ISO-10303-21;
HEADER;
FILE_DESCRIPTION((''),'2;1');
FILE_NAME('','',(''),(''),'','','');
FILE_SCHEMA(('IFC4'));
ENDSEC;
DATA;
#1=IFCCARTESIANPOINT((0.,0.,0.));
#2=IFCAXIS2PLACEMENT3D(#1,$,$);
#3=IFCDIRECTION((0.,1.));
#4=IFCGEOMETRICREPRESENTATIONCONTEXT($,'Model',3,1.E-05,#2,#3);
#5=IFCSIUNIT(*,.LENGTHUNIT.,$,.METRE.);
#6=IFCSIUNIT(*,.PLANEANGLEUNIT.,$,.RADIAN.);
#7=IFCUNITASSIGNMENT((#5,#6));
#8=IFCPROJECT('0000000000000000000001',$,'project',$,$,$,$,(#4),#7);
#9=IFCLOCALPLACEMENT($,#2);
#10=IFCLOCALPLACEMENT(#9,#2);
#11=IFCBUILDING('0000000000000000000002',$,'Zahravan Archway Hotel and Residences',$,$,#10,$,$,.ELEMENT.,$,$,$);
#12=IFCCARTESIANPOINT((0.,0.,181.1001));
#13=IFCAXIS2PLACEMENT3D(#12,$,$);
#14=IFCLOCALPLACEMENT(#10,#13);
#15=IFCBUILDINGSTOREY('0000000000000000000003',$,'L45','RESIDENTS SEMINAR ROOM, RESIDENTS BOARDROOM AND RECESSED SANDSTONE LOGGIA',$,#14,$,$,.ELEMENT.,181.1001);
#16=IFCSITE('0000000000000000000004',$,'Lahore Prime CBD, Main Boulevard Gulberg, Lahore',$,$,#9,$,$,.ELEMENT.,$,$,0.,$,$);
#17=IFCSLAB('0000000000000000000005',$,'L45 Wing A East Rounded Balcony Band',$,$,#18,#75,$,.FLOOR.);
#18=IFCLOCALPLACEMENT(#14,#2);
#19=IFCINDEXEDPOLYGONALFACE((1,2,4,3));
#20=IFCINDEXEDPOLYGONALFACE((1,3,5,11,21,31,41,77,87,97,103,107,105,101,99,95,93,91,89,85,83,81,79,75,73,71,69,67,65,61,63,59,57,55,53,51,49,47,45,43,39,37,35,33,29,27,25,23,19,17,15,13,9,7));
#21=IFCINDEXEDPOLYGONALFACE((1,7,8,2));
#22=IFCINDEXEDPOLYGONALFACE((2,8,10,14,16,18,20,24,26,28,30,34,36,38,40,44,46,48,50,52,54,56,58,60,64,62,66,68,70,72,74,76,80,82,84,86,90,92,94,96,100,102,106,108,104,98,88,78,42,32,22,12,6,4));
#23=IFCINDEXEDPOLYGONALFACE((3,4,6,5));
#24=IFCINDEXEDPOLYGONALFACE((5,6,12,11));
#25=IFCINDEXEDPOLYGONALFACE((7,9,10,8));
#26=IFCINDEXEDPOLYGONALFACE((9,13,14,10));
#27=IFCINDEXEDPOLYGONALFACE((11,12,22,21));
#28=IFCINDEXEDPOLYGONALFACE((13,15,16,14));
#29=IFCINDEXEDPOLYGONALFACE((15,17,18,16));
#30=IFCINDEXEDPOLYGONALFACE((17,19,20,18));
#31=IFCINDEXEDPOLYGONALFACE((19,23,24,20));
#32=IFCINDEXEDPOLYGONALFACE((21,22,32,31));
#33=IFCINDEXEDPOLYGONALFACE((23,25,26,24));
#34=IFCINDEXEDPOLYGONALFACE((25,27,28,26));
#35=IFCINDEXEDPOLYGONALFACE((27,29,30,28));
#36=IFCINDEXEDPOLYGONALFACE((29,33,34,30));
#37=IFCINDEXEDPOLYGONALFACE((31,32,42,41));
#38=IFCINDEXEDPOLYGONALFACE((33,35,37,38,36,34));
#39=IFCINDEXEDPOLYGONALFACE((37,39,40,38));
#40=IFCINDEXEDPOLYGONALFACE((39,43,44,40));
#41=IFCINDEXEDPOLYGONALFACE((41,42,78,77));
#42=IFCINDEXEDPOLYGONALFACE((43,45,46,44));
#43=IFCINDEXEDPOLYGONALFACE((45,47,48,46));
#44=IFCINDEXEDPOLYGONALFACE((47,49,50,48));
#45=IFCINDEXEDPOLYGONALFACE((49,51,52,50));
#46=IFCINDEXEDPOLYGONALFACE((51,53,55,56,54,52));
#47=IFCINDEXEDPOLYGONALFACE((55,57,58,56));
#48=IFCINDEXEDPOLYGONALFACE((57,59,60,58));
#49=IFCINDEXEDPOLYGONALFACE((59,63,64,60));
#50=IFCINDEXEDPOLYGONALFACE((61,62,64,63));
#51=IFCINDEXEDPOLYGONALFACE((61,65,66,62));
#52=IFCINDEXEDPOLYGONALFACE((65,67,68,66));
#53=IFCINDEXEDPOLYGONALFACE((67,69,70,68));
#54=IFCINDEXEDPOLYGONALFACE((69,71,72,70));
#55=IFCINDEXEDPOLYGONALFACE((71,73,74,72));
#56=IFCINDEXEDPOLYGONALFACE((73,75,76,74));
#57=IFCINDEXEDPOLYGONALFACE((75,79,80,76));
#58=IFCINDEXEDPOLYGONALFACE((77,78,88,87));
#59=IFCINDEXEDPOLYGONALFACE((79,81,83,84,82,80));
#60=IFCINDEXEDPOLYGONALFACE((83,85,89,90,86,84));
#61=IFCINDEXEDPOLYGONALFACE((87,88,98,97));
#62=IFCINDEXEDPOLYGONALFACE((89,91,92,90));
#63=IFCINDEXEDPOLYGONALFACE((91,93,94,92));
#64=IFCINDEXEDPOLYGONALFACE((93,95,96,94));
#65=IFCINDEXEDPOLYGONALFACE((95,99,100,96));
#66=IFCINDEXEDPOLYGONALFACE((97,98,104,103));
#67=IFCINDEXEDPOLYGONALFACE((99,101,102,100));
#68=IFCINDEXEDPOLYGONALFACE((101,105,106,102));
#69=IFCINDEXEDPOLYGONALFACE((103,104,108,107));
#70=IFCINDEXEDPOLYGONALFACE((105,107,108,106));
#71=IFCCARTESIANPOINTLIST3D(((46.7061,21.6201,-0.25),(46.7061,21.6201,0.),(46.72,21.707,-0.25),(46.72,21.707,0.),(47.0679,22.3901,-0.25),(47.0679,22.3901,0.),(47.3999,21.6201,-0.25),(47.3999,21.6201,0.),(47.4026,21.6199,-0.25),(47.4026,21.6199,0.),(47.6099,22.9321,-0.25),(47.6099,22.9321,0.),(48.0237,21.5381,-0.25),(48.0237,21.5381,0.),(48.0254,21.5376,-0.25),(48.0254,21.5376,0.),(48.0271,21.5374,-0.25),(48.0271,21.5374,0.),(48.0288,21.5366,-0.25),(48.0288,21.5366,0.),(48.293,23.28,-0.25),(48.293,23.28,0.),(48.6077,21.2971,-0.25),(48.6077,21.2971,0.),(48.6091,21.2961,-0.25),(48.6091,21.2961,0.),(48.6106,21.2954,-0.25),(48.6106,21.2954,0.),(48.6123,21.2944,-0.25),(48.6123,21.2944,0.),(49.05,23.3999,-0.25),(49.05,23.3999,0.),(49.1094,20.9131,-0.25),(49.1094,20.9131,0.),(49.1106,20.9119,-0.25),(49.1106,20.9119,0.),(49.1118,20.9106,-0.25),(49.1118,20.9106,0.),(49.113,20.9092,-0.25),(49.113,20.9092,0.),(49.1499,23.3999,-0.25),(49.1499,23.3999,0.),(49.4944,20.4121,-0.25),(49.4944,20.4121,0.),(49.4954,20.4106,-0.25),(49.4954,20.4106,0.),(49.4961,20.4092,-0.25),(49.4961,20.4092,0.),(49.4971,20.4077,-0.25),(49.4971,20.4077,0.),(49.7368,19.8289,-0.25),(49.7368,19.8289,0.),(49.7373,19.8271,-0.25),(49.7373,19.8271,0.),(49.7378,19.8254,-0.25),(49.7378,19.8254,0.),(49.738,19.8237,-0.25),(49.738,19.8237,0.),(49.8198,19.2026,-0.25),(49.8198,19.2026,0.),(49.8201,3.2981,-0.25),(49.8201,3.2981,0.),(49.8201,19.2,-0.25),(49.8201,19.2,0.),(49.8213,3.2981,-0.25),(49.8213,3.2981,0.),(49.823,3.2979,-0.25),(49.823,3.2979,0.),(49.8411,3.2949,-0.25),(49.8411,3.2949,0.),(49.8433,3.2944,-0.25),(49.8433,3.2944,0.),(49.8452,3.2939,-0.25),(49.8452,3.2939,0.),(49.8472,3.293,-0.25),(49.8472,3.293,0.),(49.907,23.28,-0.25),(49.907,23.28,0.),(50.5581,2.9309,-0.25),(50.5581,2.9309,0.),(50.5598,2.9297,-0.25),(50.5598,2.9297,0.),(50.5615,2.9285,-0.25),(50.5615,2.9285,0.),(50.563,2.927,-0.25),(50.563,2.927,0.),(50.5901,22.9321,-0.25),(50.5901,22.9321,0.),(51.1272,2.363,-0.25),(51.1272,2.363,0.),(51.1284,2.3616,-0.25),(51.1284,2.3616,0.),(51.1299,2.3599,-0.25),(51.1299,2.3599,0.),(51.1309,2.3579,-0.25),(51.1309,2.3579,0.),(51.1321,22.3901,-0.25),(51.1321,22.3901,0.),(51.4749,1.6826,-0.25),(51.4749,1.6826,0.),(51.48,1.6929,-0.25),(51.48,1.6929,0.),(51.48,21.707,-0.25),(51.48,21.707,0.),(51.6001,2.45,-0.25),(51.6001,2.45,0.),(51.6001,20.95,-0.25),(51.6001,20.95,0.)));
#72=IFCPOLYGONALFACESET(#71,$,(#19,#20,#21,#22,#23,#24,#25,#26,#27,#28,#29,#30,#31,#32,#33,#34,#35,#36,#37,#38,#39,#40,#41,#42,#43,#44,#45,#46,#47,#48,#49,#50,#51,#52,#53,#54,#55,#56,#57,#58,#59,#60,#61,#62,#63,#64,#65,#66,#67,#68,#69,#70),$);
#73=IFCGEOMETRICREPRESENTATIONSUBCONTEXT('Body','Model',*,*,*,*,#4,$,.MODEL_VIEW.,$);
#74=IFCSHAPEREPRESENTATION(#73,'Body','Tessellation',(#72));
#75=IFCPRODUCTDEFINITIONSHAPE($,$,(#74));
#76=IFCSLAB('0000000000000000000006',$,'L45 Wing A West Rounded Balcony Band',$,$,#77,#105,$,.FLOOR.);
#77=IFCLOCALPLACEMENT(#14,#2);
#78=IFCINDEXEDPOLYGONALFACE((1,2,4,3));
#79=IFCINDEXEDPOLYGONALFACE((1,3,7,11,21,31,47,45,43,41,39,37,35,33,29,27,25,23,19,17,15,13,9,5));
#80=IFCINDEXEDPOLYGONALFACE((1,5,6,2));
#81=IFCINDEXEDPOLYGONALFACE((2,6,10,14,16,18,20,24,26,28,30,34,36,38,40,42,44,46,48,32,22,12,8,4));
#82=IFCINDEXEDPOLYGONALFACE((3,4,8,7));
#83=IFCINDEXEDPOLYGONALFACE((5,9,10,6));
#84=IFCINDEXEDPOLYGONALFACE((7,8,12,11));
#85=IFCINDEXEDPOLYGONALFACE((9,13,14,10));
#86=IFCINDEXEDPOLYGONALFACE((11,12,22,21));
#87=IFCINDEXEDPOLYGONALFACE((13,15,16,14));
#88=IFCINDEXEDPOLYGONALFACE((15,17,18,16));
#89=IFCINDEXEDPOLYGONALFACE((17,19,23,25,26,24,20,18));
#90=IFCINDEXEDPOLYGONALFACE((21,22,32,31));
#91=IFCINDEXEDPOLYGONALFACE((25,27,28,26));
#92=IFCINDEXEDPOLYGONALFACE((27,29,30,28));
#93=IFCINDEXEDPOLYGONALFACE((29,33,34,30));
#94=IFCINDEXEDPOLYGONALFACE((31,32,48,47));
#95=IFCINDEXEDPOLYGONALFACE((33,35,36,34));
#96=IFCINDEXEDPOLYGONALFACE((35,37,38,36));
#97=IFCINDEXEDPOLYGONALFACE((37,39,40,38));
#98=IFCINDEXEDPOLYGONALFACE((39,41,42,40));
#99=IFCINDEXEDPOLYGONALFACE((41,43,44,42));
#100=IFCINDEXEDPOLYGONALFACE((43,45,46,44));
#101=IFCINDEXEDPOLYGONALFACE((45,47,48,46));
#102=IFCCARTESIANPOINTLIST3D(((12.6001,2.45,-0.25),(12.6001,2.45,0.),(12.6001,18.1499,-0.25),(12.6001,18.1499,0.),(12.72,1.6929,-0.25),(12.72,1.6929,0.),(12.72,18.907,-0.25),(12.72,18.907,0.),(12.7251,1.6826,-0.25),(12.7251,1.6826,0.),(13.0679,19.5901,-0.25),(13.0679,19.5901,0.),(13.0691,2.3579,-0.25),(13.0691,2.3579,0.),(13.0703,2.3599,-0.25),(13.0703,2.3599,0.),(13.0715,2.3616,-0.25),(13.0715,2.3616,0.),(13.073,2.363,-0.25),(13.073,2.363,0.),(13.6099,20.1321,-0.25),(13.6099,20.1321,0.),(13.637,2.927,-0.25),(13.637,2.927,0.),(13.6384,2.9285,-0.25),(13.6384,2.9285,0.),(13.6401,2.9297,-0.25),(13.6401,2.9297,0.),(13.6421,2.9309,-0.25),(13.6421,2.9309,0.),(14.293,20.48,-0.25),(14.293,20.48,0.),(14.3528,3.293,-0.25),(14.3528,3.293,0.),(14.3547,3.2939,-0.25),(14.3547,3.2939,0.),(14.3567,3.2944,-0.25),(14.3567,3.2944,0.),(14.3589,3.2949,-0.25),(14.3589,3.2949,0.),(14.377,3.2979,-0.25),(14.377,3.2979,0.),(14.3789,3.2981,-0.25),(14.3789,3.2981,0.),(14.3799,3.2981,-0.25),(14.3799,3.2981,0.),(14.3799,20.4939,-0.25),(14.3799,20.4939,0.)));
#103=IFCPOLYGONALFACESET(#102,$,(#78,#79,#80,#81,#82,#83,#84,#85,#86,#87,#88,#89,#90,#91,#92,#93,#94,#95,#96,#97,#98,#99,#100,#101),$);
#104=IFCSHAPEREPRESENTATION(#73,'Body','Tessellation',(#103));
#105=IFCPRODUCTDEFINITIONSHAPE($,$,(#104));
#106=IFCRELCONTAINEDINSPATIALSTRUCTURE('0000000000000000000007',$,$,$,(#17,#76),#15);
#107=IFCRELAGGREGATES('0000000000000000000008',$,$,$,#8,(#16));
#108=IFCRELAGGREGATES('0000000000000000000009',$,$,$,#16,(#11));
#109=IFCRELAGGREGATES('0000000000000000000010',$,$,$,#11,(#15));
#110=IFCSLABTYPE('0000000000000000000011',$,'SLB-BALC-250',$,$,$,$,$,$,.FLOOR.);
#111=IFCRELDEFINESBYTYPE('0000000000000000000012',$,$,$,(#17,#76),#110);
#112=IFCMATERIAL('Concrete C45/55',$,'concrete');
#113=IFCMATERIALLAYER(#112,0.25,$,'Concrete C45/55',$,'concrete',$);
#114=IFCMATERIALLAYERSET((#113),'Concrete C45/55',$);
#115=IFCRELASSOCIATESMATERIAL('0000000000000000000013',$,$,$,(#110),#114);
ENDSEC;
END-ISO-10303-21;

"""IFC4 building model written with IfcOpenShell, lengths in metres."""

from ifc_helpers import new_model, si_unit, direction, frame, origin, place, context, subcontext, project, spatial, polyline, outline, extrude, material, layer, layer_set, type_object, element, save


model = new_model("IFC4")

# Units and contexts
model_context = context("Model", 3, precision=1e-05, world=origin(), true_north=direction((0.0, 1.0)))
body_context = subcontext(model_context, "Body", "Model", "MODEL_VIEW")
ifc_project = project(units=[si_unit("LENGTHUNIT", "METRE"), si_unit("PLANEANGLEUNIT", "RADIAN")], contexts=[model_context])

# Site, building, storey
site_placement = place(None, origin())
site = spatial("IfcSite", under=ifc_project, at=site_placement, Name="Lahore Prime CBD, Main Boulevard Gulberg, Lahore", CompositionType="ELEMENT", RefElevation=0.0)
building_placement = place(site_placement, origin())
building = spatial("IfcBuilding", under=site, at=building_placement, Name="Zahravan Archway Hotel and Residences", CompositionType="ELEMENT")
storey_placement = place(building_placement, frame((0.0, 0.0, 181.1001)))
storey = spatial("IfcBuildingStorey", under=building, at=storey_placement, Name="L45", Description="RESIDENTS SEMINAR ROOM, RESIDENTS BOARDROOM AND RECESSED SANDSTONE LOGGIA", CompositionType="ELEMENT", Elevation=181.1001)

# Slabs
ifc_material_1 = material(Name="Concrete C45/55", Category="concrete")
ifc_layer_1 = layer(ifc_material_1, 0.25, Name="Concrete C45/55", Category="concrete")
ifc_layer_set_1 = layer_set([ifc_layer_1], Name="Concrete C45/55")
slab_type_1 = type_object("IfcSlabType", Name="SLB-BALC-250", PredefinedType="FLOOR", material=ifc_layer_set_1)
slab_1_placement = place(storey_placement, frame((0.0, 0.0, -0.25)))
element("IfcSlab", 1, at=slab_1_placement, inside=storey, type_object=slab_type_1, Name="L45 Wing A East Rounded Balcony Band", PredefinedType="FLOOR", context=body_context, shape_type="SweptSolid", body=[
    extrude(outline(polyline([(46.72, 21.707), (47.0679, 22.3901), (47.6099, 22.9321), (48.293, 23.28), (49.05, 23.3999), (49.1499, 23.3999), (49.907, 23.28), (50.5901, 22.9321), (51.1321, 22.3901), (51.48, 21.707), (51.6001, 20.95), (51.6001, 2.45), (51.48, 1.6929), (51.4749, 1.6826), (51.1309, 2.3579), (51.1299, 2.3599), (51.1284, 2.3616), (51.1272, 2.363), (50.563, 2.927), (50.5615, 2.9285), (50.5598, 2.9297), (50.5581, 2.9309), (49.8472, 3.293), (49.8452, 3.2939), (49.8433, 3.2944), (49.8411, 3.2949), (49.823, 3.2979), (49.8213, 3.2981), (49.8201, 3.2981), (49.8201, 19.2), (49.8198, 19.2026), (49.738, 19.8237), (49.7378, 19.8254), (49.7373, 19.8271), (49.7368, 19.8289), (49.4971, 20.4077), (49.4961, 20.4092), (49.4954, 20.4106), (49.4944, 20.4121), (49.113, 20.9092), (49.1118, 20.9106), (49.1106, 20.9119), (49.1094, 20.9131), (48.6123, 21.2944), (48.6106, 21.2954), (48.6091, 21.2961), (48.6077, 21.2971), (48.0288, 21.5366), (48.0271, 21.5374), (48.0254, 21.5376), (48.0237, 21.5381), (47.4026, 21.6199), (47.3999, 21.6201), (46.7061, 21.6201), (46.72, 21.707)])), origin(), (0.0, 0.0, 1.0), 0.25),
])
slab_2_placement = place(storey_placement, frame((0.0, 0.0, -0.25)))
element("IfcSlab", 2, at=slab_2_placement, inside=storey, type_object=slab_type_1, Name="L45 Wing A West Rounded Balcony Band", PredefinedType="FLOOR", context=body_context, shape_type="SweptSolid", body=[
    extrude(outline(polyline([(12.72, 1.6929), (12.6001, 2.45), (12.6001, 18.1499), (12.72, 18.907), (13.0679, 19.5901), (13.6099, 20.1321), (14.293, 20.48), (14.3799, 20.4939), (14.3799, 3.2981), (14.3789, 3.2981), (14.377, 3.2979), (14.3589, 3.2949), (14.3567, 3.2944), (14.3547, 3.2939), (14.3528, 3.293), (13.6421, 2.9309), (13.6401, 2.9297), (13.6384, 2.9285), (13.637, 2.927), (13.073, 2.363), (13.0715, 2.3616), (13.0703, 2.3599), (13.0691, 2.3579), (12.7251, 1.6826), (12.72, 1.6929)])), origin(), (0.0, 0.0, 1.0), 0.25),
])

save(model, "model.ifc")
